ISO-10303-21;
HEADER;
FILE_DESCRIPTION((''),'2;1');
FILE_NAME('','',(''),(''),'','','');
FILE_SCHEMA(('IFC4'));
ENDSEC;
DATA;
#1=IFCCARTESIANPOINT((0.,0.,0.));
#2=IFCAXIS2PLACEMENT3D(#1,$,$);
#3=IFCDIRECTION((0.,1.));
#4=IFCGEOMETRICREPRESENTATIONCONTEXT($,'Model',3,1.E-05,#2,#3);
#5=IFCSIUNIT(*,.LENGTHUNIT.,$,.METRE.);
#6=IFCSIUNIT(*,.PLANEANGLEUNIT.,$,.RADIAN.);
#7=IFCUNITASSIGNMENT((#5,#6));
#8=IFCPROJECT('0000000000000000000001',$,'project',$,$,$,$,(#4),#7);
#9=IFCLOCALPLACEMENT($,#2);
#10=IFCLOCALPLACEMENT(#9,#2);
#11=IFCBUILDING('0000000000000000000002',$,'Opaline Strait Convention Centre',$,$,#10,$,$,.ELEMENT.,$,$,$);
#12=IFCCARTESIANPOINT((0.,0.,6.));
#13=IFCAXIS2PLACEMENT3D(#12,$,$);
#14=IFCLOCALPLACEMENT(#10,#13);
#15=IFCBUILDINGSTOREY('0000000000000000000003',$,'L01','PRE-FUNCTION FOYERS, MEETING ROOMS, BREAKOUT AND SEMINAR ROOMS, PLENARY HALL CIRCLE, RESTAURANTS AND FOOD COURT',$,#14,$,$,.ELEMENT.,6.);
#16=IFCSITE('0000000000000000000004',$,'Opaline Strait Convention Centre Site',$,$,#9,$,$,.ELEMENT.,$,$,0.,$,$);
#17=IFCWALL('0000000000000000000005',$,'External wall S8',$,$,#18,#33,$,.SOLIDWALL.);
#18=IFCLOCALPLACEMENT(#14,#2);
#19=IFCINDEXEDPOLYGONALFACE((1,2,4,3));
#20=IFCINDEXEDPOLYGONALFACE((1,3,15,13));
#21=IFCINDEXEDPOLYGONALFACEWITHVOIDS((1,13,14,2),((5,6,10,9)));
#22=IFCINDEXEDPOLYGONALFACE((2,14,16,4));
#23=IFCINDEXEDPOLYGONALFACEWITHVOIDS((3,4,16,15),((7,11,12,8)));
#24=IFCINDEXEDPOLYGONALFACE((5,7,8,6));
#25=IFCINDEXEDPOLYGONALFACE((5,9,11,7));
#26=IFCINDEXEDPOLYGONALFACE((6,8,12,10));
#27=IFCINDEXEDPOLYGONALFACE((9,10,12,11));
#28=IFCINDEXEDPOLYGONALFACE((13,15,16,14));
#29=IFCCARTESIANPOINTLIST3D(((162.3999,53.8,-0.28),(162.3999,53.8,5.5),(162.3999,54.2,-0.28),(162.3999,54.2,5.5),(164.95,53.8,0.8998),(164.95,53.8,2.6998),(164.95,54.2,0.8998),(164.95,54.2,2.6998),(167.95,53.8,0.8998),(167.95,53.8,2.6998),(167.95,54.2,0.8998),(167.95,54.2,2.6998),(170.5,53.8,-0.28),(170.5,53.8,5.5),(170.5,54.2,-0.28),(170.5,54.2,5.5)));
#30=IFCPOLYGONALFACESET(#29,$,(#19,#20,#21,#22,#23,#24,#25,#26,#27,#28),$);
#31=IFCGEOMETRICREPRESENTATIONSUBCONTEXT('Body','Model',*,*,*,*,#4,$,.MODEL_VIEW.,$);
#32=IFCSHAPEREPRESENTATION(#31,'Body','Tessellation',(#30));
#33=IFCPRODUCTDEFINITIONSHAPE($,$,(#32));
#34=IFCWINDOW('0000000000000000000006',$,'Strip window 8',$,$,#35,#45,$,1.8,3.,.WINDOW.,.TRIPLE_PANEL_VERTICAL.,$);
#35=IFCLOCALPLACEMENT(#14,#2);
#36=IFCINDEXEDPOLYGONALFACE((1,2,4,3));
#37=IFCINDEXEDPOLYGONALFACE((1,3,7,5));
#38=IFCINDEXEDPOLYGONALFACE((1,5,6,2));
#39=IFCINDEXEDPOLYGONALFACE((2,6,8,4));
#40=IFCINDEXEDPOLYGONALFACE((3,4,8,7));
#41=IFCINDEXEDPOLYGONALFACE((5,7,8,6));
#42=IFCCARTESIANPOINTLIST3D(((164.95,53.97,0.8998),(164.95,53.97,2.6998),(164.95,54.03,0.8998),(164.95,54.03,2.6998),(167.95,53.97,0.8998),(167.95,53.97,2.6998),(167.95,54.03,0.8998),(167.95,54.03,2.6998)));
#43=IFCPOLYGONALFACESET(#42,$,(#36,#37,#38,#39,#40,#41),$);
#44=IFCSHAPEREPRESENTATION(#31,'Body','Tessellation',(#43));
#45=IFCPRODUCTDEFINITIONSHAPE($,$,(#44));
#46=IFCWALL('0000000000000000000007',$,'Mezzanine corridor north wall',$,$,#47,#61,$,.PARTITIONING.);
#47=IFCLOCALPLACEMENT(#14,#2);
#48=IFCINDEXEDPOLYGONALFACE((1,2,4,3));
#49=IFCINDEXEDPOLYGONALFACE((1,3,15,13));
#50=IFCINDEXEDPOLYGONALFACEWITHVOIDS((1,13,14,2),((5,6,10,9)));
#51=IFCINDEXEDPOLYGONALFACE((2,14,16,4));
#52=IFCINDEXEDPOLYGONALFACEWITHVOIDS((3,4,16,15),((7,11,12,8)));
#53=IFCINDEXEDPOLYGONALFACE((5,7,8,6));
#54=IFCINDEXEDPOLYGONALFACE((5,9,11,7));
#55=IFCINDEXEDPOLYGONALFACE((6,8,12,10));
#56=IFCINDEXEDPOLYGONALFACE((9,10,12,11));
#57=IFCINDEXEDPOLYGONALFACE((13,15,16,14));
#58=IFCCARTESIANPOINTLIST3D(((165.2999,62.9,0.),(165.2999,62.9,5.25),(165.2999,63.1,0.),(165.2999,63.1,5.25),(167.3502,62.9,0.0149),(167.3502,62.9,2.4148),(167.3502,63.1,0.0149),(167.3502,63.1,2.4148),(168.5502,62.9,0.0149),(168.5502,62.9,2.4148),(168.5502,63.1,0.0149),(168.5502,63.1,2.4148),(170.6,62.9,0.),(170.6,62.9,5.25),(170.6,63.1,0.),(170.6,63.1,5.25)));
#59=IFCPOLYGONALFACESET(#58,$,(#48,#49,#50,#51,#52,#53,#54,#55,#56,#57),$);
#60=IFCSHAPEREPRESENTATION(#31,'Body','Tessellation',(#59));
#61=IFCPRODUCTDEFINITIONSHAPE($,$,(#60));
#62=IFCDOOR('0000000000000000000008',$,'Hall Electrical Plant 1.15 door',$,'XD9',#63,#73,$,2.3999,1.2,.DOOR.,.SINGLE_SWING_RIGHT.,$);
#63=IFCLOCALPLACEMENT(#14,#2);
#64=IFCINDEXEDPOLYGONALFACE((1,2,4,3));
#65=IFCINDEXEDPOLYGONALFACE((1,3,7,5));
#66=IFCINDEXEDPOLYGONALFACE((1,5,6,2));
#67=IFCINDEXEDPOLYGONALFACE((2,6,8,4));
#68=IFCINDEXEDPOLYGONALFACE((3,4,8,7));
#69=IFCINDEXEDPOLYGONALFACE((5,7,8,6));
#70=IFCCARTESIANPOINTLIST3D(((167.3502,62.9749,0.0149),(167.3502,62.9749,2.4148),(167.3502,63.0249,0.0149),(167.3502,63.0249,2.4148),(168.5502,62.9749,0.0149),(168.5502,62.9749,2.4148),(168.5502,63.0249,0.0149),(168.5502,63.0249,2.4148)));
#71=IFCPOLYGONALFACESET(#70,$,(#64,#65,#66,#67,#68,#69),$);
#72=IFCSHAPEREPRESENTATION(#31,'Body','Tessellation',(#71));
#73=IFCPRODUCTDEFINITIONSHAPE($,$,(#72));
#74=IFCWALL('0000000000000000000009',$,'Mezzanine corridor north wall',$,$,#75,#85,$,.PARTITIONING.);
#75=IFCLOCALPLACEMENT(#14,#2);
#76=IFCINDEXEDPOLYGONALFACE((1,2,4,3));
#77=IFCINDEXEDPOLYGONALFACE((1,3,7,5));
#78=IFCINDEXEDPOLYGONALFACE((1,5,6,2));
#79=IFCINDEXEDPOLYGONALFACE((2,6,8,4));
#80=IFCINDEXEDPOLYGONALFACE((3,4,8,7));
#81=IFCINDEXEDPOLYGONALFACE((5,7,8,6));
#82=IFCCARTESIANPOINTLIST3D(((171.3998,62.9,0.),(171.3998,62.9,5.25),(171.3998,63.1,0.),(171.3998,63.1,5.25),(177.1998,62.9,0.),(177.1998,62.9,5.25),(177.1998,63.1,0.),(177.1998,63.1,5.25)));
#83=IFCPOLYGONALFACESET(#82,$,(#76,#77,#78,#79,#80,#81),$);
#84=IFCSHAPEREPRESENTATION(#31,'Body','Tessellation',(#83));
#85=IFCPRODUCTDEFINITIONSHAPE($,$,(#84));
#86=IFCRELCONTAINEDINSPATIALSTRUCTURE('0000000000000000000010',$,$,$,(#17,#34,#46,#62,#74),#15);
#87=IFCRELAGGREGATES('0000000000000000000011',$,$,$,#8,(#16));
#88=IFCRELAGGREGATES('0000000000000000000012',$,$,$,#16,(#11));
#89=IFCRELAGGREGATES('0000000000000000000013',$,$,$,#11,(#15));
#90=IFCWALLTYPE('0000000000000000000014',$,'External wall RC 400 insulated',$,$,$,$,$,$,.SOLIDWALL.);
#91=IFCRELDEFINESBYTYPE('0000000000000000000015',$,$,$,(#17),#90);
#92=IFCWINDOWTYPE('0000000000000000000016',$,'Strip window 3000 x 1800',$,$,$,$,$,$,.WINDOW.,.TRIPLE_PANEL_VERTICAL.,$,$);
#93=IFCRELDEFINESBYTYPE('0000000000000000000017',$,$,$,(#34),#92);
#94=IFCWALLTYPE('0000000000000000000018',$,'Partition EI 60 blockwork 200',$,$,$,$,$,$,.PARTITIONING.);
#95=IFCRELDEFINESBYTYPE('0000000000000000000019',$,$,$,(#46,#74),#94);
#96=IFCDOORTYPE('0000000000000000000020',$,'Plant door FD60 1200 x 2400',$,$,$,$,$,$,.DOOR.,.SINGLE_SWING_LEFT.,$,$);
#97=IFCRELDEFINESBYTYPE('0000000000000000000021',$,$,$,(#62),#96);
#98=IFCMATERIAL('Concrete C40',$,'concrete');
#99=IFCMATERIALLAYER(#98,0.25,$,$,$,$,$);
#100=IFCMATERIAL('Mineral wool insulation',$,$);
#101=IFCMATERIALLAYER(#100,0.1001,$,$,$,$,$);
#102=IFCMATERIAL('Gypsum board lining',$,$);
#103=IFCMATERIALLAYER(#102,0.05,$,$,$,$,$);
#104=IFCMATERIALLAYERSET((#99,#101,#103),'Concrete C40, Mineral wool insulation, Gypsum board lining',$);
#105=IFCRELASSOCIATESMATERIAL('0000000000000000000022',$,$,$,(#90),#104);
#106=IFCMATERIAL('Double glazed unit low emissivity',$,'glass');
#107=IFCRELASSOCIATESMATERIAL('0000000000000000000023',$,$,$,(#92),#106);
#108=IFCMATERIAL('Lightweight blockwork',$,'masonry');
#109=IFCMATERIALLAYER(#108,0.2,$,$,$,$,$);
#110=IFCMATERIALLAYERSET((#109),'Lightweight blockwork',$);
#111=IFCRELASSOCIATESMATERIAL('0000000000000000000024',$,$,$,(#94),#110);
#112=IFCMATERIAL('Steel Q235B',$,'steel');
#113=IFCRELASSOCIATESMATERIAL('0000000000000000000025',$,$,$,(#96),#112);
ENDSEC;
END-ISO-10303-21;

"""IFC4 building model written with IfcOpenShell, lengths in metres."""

from ifc_helpers import new_model, si_unit, direction, frame, frame_2d, origin, place, context, subcontext, project, spatial, rectangle, extrude, material, layer, layer_set, type_object, element, fill, save


model = new_model("IFC4")

# Units and contexts
model_context = context("Model", 3, precision=1e-05, world=origin(), true_north=direction((0.0, 1.0)))
body_context = subcontext(model_context, "Body", "Model", "MODEL_VIEW")
ifc_project = project(units=[si_unit("LENGTHUNIT", "METRE"), si_unit("PLANEANGLEUNIT", "RADIAN")], contexts=[model_context])

# Site, building, storey
site_placement = place(None, origin())
site = spatial("IfcSite", under=ifc_project, at=site_placement, Name="Opaline Strait Convention Centre Site", CompositionType="ELEMENT", RefElevation=0.0)
building_placement = place(site_placement, origin())
building = spatial("IfcBuilding", under=site, at=building_placement, Name="Opaline Strait Convention Centre", CompositionType="ELEMENT")
storey_placement = place(building_placement, frame((0.0, 0.0, 6.0)))
storey = spatial("IfcBuildingStorey", under=building, at=storey_placement, Name="L01", Description="PRE-FUNCTION FOYERS, MEETING ROOMS, BREAKOUT AND SEMINAR ROOMS, PLENARY HALL CIRCLE, RESTAURANTS AND FOOD COURT", CompositionType="ELEMENT", Elevation=6.0)

# Shared definitions
ifc_material_1 = material(Name="Concrete C40", Category="concrete")

# Wall, opening, window
ifc_layer_1 = layer(ifc_material_1, 0.25)
ifc_material_2 = material(Name="Mineral wool insulation")
ifc_layer_2 = layer(ifc_material_2, 0.1001)
ifc_material_3 = material(Name="Gypsum board lining")
ifc_layer_3 = layer(ifc_material_3, 0.05)
ifc_layer_set_1 = layer_set([ifc_layer_1, ifc_layer_2, ifc_layer_3], Name="Concrete C40, Mineral wool insulation, Gypsum board lining")
wall_type_1 = type_object("IfcWallType", Name="External wall RC 400 insulated", PredefinedType="SOLIDWALL", material=ifc_layer_set_1)
ifc_material_4 = material(Name="Double glazed unit low emissivity", Category="glass")
window_type = type_object("IfcWindowType", Name="Strip window 3000 x 1800", PartitioningType="TRIPLE_PANEL_VERTICAL", PredefinedType="WINDOW", material=ifc_material_4)
wall_1_placement = place(storey_placement, frame((162.3999, 54.0, -0.28), z_axis=(0.0, 0.0, 1.0), x_axis=(1.0, 0.0, 0.0)))
wall_1 = element("IfcWall", 1, at=wall_1_placement, inside=storey, type_object=wall_type_1, Name="External wall S8", PredefinedType="SOLIDWALL", context=body_context, shape_type="SweptSolid", body=[
    extrude(rectangle(XDim=8.1001, YDim=0.3999, at=frame_2d((4.05, 0.0))), origin(), (0.0, 0.0, 1.0), 5.78),
])
opening_1_placement = place(wall_1_placement, frame((2.55, 0.0, 1.1799)))
opening_1 = element("IfcOpeningElement", 2, at=opening_1_placement, cuts=wall_1, PredefinedType="OPENING", context=body_context, shape_type="SweptSolid", body=[
    extrude(rectangle(XDim=3.0, YDim=1.8, at=frame_2d((1.5, 0.8999))), frame((0.0, 0.21, 0.0), z_axis=(0.0, -1.0, 0.0), x_axis=(1.0, 0.0, 0.0)), (0.0, 0.0, 1.0), 0.4199),
])
window_1_placement = place(opening_1_placement, origin())
window_1 = element("IfcWindow", 3, at=window_1_placement, inside=storey, type_object=window_type, Name="Strip window 8", OverallHeight=1.8, OverallWidth=3.0, PartitioningType="TRIPLE_PANEL_VERTICAL", PredefinedType="WINDOW", context=body_context, shape_type="SweptSolid", body=[
    extrude(rectangle(XDim=3.0, YDim=1.8, at=frame_2d((1.5, 0.8999))), frame((0.0, 0.03, 0.0), z_axis=(0.0, -1.0, 0.0), x_axis=(1.0, 0.0, 0.0)), (0.0, 0.0, 1.0), 0.0601),
])
fill(opening_1, window_1)

# Wall, opening, door
ifc_material_5 = material(Name="Lightweight blockwork", Category="masonry")
ifc_layer_4 = layer(ifc_material_5, 0.2)
ifc_layer_set_2 = layer_set([ifc_layer_4], Name="Lightweight blockwork")
wall_type_2 = type_object("IfcWallType", Name="Partition EI 60 blockwork 200", PredefinedType="PARTITIONING", material=ifc_layer_set_2)
wall_2_placement = place(storey_placement, frame((165.3, 63.0, 0.0), z_axis=(0.0, 0.0, 1.0), x_axis=(1.0, 0.0, 0.0)))
wall_2 = element("IfcWall", 4, at=wall_2_placement, inside=storey, type_object=wall_type_2, Name="Mezzanine corridor north wall", PredefinedType="PARTITIONING", context=body_context, shape_type="SweptSolid", body=[
    extrude(rectangle(XDim=5.3, YDim=0.2, at=frame_2d((2.6499, 0.0))), origin(), (0.0, 0.0, 1.0), 5.25),
])
opening_2_placement = place(wall_2_placement, frame((2.05, 0.0, 0.0149)))
opening_2 = element("IfcOpeningElement", 5, at=opening_2_placement, cuts=wall_2, PredefinedType="OPENING", context=body_context, shape_type="SweptSolid", body=[
    extrude(rectangle(XDim=1.2, YDim=2.3999, at=frame_2d((0.6001, 1.2))), frame((0.0, 0.1099, 0.0), z_axis=(0.0, -1.0, 0.0), x_axis=(1.0, 0.0, 0.0)), (0.0, 0.0, 1.0), 0.22),
])
ifc_material_6 = material(Name="Steel Q235B", Category="steel")
door_type = type_object("IfcDoorType", Name="Plant door FD60 1200 x 2400", OperationType="SINGLE_SWING_LEFT", PredefinedType="DOOR", material=ifc_material_6)
door_placement = place(opening_2_placement, origin())
door = element("IfcDoor", 6, at=door_placement, inside=storey, type_object=door_type, Name="Hall Electrical Plant 1.15 door", ObjectType="XD9", OperationType="SINGLE_SWING_RIGHT", OverallHeight=2.3999, OverallWidth=1.2, PredefinedType="DOOR", context=body_context, shape_type="SweptSolid", body=[
    extrude(rectangle(XDim=1.2, YDim=2.3999, at=frame_2d((0.6001, 1.2))), frame((0.0, 0.0249, 0.0), z_axis=(0.0, -1.0, 0.0), x_axis=(1.0, 0.0, 0.0)), (0.0, 0.0, 1.0), 0.05),
])
fill(opening_2, door)

# Wall
wall_3_placement = place(storey_placement, frame((171.3999, 63.0, 0.0), z_axis=(0.0, 0.0, 1.0), x_axis=(1.0, 0.0, 0.0)))
element("IfcWall", 7, at=wall_3_placement, inside=storey, type_object=wall_type_2, Name="Mezzanine corridor north wall", PredefinedType="PARTITIONING", context=body_context, shape_type="SweptSolid", body=[
    extrude(rectangle(XDim=5.8, YDim=0.2, at=frame_2d((2.8999, 0.0))), origin(), (0.0, 0.0, 1.0), 5.25),
])

save(model, "model.ifc")
